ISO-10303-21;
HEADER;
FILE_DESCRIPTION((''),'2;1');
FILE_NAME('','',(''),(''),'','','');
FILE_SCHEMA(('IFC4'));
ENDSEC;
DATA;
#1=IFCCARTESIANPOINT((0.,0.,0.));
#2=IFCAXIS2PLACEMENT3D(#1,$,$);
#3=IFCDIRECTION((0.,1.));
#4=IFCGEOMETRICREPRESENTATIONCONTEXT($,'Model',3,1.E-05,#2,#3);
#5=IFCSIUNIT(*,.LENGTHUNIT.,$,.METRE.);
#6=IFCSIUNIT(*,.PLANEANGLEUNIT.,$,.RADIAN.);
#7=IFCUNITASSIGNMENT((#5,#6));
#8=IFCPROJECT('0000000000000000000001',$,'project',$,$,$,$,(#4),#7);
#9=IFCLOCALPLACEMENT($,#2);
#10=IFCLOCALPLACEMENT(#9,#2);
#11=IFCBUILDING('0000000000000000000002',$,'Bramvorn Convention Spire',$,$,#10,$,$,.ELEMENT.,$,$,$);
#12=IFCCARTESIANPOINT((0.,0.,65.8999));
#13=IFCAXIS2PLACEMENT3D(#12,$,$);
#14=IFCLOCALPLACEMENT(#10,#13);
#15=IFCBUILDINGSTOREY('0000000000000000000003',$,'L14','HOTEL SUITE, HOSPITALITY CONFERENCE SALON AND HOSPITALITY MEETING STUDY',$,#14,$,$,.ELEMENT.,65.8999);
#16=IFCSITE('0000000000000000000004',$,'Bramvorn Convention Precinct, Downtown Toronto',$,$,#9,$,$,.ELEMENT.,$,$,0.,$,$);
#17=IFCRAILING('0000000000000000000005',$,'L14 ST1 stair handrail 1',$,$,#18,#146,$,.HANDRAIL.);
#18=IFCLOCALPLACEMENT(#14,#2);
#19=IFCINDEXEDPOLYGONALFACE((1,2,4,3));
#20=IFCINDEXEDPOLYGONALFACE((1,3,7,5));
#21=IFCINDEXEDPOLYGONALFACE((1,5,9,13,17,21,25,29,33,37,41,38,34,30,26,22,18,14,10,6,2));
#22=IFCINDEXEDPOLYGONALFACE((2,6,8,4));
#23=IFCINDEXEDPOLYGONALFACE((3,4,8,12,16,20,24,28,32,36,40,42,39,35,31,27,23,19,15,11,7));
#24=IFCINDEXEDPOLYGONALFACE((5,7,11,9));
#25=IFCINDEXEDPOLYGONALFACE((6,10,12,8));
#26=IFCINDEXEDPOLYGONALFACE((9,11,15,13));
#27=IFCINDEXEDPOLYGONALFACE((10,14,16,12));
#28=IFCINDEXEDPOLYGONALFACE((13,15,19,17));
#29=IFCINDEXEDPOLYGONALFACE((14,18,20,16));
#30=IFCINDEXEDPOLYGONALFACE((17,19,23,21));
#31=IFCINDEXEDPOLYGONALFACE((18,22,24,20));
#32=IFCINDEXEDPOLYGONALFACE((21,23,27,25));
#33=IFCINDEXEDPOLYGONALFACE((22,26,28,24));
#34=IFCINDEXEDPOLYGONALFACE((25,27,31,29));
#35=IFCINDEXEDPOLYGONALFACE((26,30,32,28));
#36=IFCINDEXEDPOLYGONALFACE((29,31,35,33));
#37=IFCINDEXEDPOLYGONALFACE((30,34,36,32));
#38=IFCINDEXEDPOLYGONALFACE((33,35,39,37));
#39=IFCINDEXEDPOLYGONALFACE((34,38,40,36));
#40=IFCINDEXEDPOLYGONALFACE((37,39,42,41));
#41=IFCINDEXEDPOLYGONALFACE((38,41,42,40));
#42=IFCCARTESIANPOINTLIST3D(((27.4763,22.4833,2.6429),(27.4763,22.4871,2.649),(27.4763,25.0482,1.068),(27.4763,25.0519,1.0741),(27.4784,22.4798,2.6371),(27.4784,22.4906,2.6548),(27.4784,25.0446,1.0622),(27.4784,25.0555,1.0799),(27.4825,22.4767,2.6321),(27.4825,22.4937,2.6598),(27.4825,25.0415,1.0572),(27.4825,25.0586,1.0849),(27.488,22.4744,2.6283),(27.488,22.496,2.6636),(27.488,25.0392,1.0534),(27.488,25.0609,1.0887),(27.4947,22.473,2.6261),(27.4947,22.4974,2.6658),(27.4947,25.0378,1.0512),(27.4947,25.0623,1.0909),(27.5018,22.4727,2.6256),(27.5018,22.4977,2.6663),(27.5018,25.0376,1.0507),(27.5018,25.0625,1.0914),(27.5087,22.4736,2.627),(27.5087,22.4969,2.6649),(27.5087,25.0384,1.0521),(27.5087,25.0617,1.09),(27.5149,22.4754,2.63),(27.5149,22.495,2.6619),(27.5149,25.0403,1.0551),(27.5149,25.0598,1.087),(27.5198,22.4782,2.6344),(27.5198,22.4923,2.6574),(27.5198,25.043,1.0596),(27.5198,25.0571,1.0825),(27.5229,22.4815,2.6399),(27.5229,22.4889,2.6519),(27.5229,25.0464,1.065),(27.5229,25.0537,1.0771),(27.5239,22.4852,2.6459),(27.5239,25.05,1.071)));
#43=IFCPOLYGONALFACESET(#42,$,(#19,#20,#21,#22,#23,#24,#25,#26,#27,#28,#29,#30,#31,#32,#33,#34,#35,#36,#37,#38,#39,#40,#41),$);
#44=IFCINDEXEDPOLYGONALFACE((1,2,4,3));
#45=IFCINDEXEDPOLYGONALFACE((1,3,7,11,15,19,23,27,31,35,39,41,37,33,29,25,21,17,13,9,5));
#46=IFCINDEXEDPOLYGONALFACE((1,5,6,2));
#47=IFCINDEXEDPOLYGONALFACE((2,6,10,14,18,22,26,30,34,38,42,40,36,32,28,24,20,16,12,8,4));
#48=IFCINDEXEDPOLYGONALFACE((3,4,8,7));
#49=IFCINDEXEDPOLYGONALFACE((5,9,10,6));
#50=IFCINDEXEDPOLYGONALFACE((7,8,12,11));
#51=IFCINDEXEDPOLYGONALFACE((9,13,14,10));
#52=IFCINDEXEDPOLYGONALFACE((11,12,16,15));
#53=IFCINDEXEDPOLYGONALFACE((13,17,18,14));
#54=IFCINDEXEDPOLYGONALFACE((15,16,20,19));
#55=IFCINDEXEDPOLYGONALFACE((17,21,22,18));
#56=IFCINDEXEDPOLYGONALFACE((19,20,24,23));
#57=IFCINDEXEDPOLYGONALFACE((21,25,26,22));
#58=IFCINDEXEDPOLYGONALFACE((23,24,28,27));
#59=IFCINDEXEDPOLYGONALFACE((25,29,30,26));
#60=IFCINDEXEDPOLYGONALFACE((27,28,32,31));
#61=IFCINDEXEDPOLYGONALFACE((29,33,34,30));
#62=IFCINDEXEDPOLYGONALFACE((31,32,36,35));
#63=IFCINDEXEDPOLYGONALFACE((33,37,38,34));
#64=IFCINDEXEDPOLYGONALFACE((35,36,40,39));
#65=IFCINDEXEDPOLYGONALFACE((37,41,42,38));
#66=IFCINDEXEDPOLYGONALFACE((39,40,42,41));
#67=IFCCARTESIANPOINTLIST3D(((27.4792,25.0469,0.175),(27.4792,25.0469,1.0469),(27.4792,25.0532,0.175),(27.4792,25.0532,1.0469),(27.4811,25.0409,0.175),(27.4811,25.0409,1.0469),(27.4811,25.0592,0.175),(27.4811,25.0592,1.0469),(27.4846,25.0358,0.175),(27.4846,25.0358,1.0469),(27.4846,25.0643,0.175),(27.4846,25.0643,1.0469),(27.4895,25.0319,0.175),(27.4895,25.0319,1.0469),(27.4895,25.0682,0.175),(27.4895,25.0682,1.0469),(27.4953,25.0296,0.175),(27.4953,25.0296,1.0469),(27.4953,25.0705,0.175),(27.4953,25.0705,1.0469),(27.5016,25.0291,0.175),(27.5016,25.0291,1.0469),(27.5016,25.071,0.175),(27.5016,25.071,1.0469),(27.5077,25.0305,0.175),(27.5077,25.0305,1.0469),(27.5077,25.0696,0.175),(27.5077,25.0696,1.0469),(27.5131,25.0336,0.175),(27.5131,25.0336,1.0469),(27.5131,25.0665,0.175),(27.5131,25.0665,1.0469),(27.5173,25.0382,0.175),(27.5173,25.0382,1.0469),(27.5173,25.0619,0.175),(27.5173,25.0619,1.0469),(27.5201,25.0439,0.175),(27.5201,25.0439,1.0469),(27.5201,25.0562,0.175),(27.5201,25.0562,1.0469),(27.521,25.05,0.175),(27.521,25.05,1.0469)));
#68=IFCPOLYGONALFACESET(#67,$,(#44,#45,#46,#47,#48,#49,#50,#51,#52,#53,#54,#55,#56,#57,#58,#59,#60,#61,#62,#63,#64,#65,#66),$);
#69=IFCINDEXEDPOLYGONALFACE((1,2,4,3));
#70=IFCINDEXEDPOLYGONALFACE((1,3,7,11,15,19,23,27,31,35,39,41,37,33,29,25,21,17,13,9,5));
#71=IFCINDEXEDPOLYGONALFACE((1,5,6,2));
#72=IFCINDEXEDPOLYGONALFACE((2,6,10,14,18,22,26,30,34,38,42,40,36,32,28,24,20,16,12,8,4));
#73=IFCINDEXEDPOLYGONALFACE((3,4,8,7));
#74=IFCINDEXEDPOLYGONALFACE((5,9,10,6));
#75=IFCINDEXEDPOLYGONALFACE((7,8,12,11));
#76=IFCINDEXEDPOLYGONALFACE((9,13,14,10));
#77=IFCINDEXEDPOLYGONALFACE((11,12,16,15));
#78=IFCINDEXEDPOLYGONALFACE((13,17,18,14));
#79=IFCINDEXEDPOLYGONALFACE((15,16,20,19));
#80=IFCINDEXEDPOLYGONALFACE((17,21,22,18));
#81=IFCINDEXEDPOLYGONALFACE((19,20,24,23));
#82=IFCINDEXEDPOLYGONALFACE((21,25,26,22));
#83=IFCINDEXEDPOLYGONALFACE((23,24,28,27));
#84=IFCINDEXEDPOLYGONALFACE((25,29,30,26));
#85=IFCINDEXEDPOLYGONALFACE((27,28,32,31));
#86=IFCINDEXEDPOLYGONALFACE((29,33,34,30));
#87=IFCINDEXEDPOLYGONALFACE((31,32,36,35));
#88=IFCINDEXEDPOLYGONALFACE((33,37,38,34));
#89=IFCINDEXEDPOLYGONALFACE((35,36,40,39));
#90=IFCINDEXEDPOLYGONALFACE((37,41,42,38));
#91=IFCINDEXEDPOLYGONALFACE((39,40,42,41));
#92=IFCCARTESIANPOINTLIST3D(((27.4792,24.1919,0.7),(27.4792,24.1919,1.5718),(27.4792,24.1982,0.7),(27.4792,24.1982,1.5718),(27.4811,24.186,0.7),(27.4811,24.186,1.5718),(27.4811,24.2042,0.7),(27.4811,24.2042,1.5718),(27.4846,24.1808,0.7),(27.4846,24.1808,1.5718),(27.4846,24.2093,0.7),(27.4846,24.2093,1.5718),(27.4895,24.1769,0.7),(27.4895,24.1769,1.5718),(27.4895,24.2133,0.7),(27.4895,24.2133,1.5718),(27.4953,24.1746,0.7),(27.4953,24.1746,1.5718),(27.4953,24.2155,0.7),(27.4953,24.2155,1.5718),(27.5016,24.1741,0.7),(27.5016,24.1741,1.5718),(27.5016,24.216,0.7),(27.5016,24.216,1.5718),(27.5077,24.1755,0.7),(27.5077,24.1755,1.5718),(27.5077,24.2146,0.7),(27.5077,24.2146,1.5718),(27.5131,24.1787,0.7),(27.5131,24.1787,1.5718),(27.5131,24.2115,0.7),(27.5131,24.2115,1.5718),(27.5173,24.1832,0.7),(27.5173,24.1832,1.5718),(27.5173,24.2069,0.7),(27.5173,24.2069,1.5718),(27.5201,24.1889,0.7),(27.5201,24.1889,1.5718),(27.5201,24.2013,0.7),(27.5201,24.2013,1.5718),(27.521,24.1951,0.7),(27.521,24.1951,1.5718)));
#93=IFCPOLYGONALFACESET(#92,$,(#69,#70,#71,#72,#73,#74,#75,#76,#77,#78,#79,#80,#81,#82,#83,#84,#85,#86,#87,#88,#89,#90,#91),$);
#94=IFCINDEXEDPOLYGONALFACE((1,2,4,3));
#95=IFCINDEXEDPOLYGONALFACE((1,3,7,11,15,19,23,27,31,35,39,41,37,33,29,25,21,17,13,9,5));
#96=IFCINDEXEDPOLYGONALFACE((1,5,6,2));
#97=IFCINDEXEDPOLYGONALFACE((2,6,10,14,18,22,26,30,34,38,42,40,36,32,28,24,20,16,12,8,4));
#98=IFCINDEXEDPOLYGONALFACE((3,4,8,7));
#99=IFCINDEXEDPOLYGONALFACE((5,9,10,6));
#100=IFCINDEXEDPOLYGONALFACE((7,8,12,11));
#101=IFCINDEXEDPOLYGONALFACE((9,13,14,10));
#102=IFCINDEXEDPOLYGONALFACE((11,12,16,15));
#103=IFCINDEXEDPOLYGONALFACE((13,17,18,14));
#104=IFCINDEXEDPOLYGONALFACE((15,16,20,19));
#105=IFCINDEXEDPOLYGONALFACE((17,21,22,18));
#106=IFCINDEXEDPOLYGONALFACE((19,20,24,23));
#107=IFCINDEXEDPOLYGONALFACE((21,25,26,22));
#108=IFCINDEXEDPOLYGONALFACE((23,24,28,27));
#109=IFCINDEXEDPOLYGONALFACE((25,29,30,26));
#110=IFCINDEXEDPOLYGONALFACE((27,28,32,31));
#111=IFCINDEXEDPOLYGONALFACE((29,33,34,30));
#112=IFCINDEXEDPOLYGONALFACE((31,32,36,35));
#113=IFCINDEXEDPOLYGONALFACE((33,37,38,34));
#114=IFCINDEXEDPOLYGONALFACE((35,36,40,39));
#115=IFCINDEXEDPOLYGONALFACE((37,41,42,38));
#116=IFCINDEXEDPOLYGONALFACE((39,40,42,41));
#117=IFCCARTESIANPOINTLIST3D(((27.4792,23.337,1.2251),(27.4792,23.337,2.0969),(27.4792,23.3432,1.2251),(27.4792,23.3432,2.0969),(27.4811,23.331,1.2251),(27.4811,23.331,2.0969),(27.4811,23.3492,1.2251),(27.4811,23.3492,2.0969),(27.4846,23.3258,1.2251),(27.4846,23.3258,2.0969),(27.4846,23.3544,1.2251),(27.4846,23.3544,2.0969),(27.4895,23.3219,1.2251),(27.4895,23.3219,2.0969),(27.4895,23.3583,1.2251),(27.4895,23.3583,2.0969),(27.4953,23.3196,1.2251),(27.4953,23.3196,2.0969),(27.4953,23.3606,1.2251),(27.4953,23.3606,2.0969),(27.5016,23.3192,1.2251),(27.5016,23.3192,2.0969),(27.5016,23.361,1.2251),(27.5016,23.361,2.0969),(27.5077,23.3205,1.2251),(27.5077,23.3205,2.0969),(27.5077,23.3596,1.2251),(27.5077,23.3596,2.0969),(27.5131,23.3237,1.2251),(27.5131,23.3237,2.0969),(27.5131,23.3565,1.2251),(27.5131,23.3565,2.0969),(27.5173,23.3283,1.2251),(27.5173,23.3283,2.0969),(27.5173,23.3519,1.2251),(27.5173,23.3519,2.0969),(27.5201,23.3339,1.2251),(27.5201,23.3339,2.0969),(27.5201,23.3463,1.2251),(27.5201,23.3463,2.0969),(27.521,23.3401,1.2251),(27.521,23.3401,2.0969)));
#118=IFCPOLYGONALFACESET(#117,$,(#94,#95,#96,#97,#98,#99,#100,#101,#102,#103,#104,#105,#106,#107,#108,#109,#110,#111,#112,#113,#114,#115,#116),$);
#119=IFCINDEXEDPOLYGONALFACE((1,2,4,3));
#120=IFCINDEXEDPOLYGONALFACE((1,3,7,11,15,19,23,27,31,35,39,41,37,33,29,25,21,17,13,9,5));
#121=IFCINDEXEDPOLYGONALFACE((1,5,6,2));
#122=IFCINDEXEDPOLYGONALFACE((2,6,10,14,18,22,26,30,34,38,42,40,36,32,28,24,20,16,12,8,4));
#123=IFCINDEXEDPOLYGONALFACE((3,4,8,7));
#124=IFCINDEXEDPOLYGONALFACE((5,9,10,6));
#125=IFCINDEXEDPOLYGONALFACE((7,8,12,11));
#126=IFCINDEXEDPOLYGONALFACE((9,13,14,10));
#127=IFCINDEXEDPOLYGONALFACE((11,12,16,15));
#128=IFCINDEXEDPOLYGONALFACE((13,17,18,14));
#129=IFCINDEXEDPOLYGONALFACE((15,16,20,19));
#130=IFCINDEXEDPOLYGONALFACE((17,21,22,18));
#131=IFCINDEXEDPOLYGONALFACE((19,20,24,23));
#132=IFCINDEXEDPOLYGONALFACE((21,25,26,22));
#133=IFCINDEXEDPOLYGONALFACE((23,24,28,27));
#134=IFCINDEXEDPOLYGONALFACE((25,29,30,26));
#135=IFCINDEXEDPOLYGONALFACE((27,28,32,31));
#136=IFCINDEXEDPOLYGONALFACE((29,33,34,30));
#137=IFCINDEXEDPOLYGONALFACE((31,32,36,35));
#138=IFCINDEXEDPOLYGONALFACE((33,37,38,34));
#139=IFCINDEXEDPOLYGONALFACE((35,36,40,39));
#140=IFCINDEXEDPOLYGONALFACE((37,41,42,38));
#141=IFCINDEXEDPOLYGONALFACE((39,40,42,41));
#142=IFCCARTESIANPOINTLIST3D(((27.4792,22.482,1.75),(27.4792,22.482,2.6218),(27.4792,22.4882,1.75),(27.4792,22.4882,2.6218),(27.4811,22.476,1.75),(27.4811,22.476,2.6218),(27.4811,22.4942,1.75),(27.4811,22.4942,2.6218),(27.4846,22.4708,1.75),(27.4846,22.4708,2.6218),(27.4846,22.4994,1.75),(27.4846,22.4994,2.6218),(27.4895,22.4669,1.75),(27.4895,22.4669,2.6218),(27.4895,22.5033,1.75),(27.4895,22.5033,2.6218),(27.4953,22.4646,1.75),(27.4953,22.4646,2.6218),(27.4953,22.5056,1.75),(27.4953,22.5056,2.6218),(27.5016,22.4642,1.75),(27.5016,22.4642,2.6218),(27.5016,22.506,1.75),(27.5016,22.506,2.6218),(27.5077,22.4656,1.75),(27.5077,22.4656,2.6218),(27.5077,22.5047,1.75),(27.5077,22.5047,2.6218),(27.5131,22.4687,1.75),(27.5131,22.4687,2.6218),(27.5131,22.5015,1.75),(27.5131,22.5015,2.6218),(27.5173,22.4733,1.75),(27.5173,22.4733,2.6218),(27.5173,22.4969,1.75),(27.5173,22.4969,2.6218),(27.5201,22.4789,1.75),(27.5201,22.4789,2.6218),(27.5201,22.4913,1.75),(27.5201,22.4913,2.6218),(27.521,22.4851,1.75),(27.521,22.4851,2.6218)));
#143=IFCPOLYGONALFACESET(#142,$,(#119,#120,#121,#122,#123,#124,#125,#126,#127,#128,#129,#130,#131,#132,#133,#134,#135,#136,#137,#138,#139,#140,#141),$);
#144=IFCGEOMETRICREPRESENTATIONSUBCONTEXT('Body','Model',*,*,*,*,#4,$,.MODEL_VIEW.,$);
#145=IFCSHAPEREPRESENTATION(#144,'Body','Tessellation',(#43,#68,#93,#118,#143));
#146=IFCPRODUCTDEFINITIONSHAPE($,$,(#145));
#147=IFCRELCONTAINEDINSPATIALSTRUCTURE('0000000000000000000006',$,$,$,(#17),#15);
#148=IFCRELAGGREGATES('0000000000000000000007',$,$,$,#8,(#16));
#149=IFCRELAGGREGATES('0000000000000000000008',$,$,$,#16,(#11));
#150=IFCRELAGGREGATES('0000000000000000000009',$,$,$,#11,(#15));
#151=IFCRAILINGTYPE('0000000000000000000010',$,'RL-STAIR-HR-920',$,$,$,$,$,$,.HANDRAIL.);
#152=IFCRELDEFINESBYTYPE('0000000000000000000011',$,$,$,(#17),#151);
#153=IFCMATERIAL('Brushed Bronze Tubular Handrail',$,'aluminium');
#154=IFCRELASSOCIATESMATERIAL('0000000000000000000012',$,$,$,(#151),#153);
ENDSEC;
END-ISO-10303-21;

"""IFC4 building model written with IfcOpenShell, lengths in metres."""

from ifc_helpers import new_model, si_unit, direction, frame, origin, origin_2d, place, context, subcontext, project, spatial, circle, extrude, material, type_object, element, save


model = new_model("IFC4")

# Units and contexts
model_context = context("Model", 3, precision=1e-05, world=origin(), true_north=direction((0.0, 1.0)))
body_context = subcontext(model_context, "Body", "Model", "MODEL_VIEW")
ifc_project = project(units=[si_unit("LENGTHUNIT", "METRE"), si_unit("PLANEANGLEUNIT", "RADIAN")], contexts=[model_context])

# Site, building, storey
site_placement = place(None, origin())
site = spatial("IfcSite", under=ifc_project, at=site_placement, Name="Bramvorn Convention Precinct, Downtown Toronto", CompositionType="ELEMENT", RefElevation=0.0)
building_placement = place(site_placement, origin())
building = spatial("IfcBuilding", under=site, at=building_placement, Name="Bramvorn Convention Spire", CompositionType="ELEMENT")
storey_placement = place(building_placement, frame((0.0, 0.0, 65.8999)))
storey = spatial("IfcBuildingStorey", under=building, at=storey_placement, Name="L14", Description="HOTEL SUITE, HOSPITALITY CONFERENCE SALON AND HOSPITALITY MEETING STUDY", CompositionType="ELEMENT", Elevation=65.8999)

# Railing
ifc_material_1 = material(Name="Brushed Bronze Tubular Handrail", Category="aluminium")
railing_type_1 = type_object("IfcRailingType", Name="RL-STAIR-HR-920", PredefinedType="HANDRAIL", material=ifc_material_1)
railing_1_placement = place(storey_placement, frame((27.5, 25.05, 0.175)))
element("IfcRailing", 1, at=railing_1_placement, inside=storey, type_object=railing_type_1, Name="L14 ST1 stair handrail 1", PredefinedType="HANDRAIL", context=body_context, shape_type="SweptSolid", body=[
    extrude(circle(Radius=0.0239, at=origin_2d()), frame((0.0, 0.0, 0.896), z_axis=(0.0, -0.852173, 0.52326), x_axis=(1.0, 0.0, 0.0)), (0.0, 0.0, 1.0), 3.0098),
    extrude(circle(Radius=0.021, at=origin_2d()), origin(), (0.0, 0.0, 1.0), 0.8718),
    extrude(circle(Radius=0.021, at=origin_2d()), frame((0.0, -0.855, 0.5249)), (0.0, 0.0, 1.0), 0.8718),
    extrude(circle(Radius=0.021, at=origin_2d()), frame((0.0, -1.71, 1.05)), (0.0, 0.0, 1.0), 0.8718),
    extrude(circle(Radius=0.021, at=origin_2d()), frame((0.0, -2.5649, 1.575)), (0.0, 0.0, 1.0), 0.8718),
])

save(model, "model.ifc")
